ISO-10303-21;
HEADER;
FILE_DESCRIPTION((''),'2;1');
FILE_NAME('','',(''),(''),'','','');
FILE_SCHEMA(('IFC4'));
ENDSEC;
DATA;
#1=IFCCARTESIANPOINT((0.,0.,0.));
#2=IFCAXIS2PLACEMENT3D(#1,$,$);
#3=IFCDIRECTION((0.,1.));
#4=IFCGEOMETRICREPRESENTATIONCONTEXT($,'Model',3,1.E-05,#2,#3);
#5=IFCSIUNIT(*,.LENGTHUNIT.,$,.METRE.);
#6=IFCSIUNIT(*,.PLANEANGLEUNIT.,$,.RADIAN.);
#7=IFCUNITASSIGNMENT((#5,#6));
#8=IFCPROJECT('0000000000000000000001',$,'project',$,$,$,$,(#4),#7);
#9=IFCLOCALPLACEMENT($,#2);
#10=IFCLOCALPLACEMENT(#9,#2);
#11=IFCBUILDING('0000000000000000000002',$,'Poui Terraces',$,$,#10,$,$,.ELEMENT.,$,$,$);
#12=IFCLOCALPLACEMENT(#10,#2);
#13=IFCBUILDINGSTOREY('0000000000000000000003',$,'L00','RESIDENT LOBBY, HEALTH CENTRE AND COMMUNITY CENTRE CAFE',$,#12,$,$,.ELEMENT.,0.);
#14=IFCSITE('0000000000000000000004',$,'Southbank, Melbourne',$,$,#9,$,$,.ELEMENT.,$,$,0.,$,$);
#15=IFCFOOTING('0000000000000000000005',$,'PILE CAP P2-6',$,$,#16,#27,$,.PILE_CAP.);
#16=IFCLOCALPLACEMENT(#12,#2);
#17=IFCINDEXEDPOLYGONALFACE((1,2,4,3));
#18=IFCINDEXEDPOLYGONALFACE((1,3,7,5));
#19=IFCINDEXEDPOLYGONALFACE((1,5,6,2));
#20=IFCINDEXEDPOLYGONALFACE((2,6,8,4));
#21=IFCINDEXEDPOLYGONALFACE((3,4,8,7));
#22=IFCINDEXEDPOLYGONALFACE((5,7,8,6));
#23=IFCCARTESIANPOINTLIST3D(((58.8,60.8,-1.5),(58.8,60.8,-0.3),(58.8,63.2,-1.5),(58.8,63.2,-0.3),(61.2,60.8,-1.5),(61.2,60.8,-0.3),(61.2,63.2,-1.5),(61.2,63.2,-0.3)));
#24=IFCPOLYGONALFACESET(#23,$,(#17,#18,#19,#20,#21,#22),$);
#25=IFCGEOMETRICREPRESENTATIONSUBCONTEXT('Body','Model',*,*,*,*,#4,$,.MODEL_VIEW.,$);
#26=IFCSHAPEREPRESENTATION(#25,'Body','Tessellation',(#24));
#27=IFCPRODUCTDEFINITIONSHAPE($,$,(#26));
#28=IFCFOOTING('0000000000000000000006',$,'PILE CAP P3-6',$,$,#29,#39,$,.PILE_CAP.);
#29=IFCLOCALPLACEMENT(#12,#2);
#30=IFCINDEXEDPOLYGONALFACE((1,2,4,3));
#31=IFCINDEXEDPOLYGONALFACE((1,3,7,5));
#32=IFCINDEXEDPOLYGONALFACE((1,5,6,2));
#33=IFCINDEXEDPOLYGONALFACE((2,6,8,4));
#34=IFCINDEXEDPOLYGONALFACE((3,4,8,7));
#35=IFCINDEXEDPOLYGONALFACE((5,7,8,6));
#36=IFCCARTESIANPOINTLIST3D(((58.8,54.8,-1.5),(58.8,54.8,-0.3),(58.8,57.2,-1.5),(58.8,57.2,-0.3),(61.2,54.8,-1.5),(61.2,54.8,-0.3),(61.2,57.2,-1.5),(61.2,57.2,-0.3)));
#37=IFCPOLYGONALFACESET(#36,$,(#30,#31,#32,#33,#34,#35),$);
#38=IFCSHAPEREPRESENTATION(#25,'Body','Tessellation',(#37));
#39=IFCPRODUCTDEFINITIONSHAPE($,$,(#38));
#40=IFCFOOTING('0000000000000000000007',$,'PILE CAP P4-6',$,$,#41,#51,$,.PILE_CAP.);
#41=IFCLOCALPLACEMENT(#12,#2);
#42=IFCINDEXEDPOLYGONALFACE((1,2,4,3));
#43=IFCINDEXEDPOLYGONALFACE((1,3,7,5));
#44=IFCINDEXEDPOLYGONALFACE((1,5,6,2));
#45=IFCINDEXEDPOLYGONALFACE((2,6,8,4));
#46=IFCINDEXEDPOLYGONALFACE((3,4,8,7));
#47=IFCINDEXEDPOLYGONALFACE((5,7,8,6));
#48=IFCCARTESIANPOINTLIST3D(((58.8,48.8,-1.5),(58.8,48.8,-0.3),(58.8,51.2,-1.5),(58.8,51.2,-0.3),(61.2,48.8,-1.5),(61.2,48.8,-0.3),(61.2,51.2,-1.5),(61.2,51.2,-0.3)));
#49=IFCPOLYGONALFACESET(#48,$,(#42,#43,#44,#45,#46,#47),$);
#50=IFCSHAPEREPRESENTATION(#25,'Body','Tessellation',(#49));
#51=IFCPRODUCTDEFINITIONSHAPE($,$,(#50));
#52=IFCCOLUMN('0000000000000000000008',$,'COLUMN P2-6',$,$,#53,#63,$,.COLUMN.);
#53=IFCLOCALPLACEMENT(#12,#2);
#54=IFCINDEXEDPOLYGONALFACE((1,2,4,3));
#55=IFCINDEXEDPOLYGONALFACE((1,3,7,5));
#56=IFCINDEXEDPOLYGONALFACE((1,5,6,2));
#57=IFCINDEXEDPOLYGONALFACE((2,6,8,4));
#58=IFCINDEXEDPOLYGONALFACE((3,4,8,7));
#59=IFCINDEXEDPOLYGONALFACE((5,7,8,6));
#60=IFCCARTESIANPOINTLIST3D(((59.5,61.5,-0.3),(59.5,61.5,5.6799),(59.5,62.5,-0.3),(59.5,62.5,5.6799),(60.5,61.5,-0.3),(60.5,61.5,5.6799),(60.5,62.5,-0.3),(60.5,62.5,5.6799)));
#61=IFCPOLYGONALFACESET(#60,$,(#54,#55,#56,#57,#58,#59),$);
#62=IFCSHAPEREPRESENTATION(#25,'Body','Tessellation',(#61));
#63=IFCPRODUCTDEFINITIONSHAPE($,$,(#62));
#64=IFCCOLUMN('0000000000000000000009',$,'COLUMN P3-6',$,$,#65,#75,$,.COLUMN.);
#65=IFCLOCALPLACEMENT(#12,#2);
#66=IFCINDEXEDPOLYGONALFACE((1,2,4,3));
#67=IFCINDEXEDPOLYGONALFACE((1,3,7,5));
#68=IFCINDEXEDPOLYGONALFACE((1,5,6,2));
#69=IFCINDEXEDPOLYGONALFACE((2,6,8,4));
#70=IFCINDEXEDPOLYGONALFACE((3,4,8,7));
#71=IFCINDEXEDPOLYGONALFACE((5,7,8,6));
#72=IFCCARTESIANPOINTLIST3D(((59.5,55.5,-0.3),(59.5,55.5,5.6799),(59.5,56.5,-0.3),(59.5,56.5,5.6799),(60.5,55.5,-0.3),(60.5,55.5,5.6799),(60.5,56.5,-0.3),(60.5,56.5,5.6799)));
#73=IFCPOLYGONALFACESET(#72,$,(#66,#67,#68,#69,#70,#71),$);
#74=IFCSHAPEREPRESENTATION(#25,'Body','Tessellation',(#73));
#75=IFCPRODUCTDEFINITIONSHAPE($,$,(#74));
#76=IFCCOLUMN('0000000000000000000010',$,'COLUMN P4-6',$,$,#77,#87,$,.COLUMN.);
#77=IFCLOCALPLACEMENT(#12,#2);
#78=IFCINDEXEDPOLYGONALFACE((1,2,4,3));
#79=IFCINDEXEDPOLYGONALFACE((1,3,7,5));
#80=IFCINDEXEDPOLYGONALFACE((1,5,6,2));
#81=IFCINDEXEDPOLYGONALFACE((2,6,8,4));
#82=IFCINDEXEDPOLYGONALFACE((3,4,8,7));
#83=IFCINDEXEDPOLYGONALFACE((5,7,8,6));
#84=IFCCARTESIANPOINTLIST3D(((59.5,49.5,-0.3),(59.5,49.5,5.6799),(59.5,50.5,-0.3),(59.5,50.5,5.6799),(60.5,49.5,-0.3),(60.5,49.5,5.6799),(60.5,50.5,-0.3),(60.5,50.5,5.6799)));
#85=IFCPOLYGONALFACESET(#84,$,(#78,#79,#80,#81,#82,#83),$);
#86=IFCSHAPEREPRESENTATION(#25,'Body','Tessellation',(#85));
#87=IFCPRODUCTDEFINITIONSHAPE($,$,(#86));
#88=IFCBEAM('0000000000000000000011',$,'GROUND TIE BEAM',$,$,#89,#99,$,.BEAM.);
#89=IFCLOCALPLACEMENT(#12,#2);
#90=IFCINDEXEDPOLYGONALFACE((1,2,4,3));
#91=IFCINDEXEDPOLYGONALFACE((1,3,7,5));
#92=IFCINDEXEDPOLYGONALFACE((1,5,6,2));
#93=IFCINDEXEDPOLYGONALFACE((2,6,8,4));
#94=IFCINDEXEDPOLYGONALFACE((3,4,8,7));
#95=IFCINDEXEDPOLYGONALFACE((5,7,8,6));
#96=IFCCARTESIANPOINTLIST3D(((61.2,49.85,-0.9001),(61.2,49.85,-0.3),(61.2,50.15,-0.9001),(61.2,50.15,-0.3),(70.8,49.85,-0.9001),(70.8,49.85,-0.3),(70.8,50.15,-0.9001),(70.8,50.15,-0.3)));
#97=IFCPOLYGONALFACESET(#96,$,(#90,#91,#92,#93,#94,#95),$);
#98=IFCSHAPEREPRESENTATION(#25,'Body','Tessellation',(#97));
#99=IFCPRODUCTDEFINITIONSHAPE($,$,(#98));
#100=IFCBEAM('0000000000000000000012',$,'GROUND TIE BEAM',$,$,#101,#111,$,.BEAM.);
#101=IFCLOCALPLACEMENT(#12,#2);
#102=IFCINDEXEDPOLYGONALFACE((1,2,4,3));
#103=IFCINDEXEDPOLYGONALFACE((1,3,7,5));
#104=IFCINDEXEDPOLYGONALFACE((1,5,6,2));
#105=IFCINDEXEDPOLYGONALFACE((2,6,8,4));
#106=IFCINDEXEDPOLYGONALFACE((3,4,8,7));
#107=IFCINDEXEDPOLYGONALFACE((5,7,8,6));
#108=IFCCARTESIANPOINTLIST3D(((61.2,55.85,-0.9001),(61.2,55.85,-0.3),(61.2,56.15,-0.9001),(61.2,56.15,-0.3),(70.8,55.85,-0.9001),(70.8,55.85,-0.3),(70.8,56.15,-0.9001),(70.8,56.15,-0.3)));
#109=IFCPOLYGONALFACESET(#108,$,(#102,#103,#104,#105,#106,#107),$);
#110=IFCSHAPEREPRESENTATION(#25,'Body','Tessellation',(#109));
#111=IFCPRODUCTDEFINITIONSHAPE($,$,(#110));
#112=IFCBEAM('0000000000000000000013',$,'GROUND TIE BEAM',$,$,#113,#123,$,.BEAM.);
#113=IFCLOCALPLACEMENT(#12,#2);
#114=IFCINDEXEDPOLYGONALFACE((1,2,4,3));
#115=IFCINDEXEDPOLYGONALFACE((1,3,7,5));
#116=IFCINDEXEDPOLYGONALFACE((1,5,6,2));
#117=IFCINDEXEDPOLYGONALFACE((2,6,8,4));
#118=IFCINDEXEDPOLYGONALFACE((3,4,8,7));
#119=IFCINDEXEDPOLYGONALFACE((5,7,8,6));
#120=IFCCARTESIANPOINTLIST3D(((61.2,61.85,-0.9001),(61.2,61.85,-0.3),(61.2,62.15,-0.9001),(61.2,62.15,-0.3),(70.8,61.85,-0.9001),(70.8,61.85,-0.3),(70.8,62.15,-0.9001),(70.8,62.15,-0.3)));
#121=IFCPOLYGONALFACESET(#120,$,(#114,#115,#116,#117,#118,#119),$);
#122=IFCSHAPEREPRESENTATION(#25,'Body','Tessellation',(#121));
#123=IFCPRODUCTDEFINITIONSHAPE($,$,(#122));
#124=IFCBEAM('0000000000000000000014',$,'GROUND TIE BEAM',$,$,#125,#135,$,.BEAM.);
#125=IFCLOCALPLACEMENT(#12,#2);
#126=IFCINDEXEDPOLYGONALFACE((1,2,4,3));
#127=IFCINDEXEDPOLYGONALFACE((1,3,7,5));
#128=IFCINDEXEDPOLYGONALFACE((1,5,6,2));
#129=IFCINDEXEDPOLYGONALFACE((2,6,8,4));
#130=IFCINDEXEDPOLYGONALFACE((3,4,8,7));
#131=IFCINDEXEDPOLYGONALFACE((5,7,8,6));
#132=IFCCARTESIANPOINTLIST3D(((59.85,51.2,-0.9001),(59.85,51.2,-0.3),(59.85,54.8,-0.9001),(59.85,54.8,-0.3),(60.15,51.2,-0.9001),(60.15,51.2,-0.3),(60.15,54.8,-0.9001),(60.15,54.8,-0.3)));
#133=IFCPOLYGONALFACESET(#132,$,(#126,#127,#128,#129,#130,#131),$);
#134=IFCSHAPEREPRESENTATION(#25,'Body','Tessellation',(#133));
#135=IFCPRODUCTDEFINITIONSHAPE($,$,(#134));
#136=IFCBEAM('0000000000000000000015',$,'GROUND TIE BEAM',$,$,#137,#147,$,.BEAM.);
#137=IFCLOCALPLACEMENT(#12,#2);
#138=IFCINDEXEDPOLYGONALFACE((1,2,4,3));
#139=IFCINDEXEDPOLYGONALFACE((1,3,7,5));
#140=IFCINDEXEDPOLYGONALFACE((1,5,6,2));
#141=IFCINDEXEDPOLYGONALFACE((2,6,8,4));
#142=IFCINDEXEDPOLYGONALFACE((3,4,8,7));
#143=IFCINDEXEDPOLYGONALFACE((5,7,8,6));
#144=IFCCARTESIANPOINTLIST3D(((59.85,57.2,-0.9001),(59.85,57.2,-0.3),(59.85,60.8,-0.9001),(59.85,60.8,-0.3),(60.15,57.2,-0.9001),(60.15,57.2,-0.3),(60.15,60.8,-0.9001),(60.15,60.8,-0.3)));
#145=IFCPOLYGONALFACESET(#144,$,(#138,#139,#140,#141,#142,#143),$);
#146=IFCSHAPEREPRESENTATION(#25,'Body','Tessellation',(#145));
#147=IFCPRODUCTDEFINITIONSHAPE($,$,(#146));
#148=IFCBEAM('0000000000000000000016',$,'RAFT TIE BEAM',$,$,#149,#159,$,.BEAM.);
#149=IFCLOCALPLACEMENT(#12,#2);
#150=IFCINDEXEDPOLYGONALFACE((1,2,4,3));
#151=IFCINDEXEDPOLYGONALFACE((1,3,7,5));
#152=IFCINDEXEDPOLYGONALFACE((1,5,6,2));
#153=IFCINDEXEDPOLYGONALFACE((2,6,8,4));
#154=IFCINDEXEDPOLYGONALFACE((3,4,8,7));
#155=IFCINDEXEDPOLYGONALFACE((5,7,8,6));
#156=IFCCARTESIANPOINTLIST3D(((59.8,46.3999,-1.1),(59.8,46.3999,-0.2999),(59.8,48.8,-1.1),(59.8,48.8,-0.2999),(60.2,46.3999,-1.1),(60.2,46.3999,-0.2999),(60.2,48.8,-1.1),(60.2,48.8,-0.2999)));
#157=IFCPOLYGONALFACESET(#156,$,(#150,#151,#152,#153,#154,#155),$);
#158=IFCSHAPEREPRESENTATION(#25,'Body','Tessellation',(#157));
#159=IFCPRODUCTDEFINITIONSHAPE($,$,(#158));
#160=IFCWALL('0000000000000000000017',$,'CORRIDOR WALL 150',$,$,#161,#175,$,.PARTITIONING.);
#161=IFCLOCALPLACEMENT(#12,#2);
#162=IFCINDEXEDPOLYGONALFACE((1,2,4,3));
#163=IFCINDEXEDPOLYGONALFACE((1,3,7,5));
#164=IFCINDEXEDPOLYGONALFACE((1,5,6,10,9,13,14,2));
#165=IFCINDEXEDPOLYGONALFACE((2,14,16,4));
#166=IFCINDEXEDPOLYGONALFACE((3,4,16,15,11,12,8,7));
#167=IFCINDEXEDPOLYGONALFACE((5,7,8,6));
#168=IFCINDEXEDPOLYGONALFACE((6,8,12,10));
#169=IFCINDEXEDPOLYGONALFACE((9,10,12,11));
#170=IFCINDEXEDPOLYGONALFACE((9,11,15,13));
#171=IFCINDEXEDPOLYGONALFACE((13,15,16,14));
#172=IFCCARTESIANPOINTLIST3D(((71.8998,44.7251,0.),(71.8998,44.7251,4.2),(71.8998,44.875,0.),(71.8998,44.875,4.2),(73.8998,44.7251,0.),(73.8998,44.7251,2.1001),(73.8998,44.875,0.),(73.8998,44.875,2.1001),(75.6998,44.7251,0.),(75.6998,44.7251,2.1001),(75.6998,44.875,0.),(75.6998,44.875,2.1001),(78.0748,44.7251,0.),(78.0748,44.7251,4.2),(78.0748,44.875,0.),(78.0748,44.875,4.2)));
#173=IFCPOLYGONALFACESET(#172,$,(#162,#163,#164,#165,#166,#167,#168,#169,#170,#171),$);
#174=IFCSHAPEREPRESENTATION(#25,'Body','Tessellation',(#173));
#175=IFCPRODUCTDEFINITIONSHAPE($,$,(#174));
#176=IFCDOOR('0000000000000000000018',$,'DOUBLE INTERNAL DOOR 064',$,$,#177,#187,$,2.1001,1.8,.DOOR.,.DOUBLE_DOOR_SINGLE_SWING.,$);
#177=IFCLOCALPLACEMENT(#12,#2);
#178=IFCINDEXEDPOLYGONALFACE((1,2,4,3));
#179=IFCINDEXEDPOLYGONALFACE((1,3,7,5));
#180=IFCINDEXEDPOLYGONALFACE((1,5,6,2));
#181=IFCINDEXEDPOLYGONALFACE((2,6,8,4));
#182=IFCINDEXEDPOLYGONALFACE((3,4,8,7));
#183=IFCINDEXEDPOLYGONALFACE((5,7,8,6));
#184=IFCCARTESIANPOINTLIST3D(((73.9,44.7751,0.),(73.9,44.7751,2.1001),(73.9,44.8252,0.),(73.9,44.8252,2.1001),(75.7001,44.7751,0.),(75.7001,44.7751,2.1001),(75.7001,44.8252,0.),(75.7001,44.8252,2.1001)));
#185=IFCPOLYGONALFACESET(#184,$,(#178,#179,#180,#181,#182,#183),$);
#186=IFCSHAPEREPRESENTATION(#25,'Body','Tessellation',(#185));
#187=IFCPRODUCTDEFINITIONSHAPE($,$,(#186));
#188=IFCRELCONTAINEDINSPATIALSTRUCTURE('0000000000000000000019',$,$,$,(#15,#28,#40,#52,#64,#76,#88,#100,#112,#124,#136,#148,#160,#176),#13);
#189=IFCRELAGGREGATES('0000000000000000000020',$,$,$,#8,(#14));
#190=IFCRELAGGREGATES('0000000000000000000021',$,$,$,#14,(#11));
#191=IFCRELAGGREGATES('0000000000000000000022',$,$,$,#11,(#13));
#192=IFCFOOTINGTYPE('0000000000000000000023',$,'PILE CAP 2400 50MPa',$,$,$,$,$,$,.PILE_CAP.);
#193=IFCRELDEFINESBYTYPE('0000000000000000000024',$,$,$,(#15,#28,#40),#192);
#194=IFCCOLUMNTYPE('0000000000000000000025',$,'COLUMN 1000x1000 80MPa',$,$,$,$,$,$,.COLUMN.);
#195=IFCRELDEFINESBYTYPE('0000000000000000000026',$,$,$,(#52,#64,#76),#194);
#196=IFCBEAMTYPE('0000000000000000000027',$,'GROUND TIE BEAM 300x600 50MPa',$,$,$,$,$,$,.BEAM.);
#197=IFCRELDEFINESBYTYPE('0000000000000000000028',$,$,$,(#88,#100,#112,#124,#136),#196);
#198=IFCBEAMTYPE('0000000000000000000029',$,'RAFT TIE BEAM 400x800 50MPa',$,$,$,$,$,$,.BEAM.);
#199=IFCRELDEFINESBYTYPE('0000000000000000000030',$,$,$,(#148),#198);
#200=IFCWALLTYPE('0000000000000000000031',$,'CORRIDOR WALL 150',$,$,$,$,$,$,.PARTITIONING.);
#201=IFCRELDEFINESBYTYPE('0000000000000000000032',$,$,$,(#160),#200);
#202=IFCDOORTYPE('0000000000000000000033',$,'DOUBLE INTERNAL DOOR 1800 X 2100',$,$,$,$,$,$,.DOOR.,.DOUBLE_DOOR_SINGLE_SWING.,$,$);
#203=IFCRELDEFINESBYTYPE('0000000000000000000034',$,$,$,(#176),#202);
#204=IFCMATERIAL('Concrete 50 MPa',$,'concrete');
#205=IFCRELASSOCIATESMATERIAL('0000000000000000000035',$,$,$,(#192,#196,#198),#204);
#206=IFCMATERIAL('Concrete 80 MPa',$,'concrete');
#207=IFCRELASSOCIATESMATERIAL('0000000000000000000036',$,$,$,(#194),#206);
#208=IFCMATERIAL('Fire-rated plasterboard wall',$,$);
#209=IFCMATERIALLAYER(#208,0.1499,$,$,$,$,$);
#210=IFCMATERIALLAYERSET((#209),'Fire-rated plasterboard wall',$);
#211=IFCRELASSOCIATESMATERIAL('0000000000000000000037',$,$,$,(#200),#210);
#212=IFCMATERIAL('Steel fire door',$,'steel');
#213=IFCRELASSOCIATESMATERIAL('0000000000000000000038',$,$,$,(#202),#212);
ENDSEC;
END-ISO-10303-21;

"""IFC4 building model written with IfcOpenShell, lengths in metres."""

from ifc_helpers import new_model, si_unit, direction, frame, frame_2d, origin, origin_2d, place, context, subcontext, project, spatial, rectangle, extrude, source, transform, mapped, material, layer, layer_set, material_profile, profile_set, type_object, element, fill, save


model = new_model("IFC4")

# Units and contexts
model_context = context("Model", 3, precision=1e-05, world=origin(), true_north=direction((0.0, 1.0)))
body_context = subcontext(model_context, "Body", "Model", "MODEL_VIEW")
ifc_project = project(units=[si_unit("LENGTHUNIT", "METRE"), si_unit("PLANEANGLEUNIT", "RADIAN")], contexts=[model_context])

# Site, building, storey
site_placement = place(None, origin())
site = spatial("IfcSite", under=ifc_project, at=site_placement, Name="Southbank, Melbourne", CompositionType="ELEMENT", RefElevation=0.0)
building_placement = place(site_placement, origin())
building = spatial("IfcBuilding", under=site, at=building_placement, Name="Poui Terraces", CompositionType="ELEMENT")
storey_placement = place(building_placement, origin())
storey = spatial("IfcBuildingStorey", under=building, at=storey_placement, Name="L00", Description="RESIDENT LOBBY, HEALTH CENTRE AND COMMUNITY CENTRE CAFE", CompositionType="ELEMENT", Elevation=0.0)

# Shared definitions
ifc_material_1 = material(Name="Concrete 50 MPa", Category="concrete")

# Footings
footing_type = type_object("IfcFootingType", Name="PILE CAP 2400 50MPa", PredefinedType="PILE_CAP", material=ifc_material_1)
shared_shape_1 = source(origin(), body_context, "Body", "SweptSolid", [
    extrude(rectangle(XDim=2.3999, YDim=2.3999, at=origin_2d()), origin(), (0.0, 0.0, 1.0), 1.2),
])
for number, where, z_axis, x_axis, name in (
    (1, (60.0, 62.0, -1.5), (0.0, 0.0, 1.0), (1.0, 0.0, 0.0), "PILE CAP P2-6"),
    (2, (60.0, 56.0, -1.5), (0.0, 0.0, 1.0), (1.0, 0.0, 0.0), "PILE CAP P3-6"),
    (3, (60.0, 50.0, -1.5), (0.0, 0.0, 1.0), (1.0, 0.0, 0.0), "PILE CAP P4-6"),
):
    element("IfcFooting", number, at=place(storey_placement, frame(where, z_axis=z_axis, x_axis=x_axis)), inside=storey, type_object=footing_type, Name=name, PredefinedType="PILE_CAP", context=body_context, shape_type="MappedRepresentation", body=[
        mapped(shared_shape_1, transform((0.0, 0.0, 0.0))),
    ])

# Columns
ifc_material_2 = material(Name="Concrete 80 MPa", Category="concrete")
ifc_material_profile_1 = material_profile(ifc_material_2, rectangle(XDim=1.0, YDim=1.0, at=origin_2d()), Name="RC 1000x1000")
ifc_profile_set_1 = profile_set([ifc_material_profile_1], Name="Concrete 80 MPa")
column_type = type_object("IfcColumnType", Name="COLUMN 1000x1000 80MPa", PredefinedType="COLUMN", material=ifc_profile_set_1)
shared_shape_2 = source(origin(), body_context, "Body", "SweptSolid", [
    extrude(rectangle(XDim=1.0, YDim=1.0, at=origin_2d()), origin(), (0.0, 0.0, 1.0), 5.98),
])
for number, where, z_axis, x_axis, name in (
    (4, (60.0, 62.0, -0.3), (0.0, 0.0, 1.0), (1.0, 0.0, 0.0), "COLUMN P2-6"),
    (5, (60.0, 56.0, -0.3), (0.0, 0.0, 1.0), (1.0, 0.0, 0.0), "COLUMN P3-6"),
    (6, (60.0, 50.0, -0.3), (0.0, 0.0, 1.0), (1.0, 0.0, 0.0), "COLUMN P4-6"),
):
    element("IfcColumn", number, at=place(storey_placement, frame(where, z_axis=z_axis, x_axis=x_axis)), inside=storey, type_object=column_type, Name=name, PredefinedType="COLUMN", context=body_context, shape_type="MappedRepresentation", body=[
        mapped(shared_shape_2, transform((0.0, 0.0, 0.0))),
    ])

# Beams
ifc_material_profile_2 = material_profile(ifc_material_1, rectangle(XDim=0.3, YDim=0.6001, at=origin_2d()), Name="RC 300x600")
ifc_profile_set_2 = profile_set([ifc_material_profile_2], Name="Concrete 50 MPa")
beam_type_1 = type_object("IfcBeamType", Name="GROUND TIE BEAM 300x600 50MPa", PredefinedType="BEAM", material=ifc_profile_set_2)
shared_shape_3 = source(origin(), body_context, "Body", "SweptSolid", [
    extrude(rectangle(XDim=0.3, YDim=0.6001, at=origin_2d()), origin(), (0.0, 0.0, 1.0), 9.6001),
])
for number, where, z_axis, x_axis, name in (
    (7, (61.2, 50.0, -0.6001), (1.0, 0.0, 0.0), (0.0, 1.0, 0.0), "GROUND TIE BEAM"),
    (8, (61.2, 56.0, -0.6001), (1.0, 0.0, 0.0), (0.0, 1.0, 0.0), "GROUND TIE BEAM"),
    (9, (61.2, 62.0, -0.6001), (1.0, 0.0, 0.0), (0.0, 1.0, 0.0), "GROUND TIE BEAM"),
):
    element("IfcBeam", number, at=place(storey_placement, frame(where, z_axis=z_axis, x_axis=x_axis)), inside=storey, type_object=beam_type_1, Name=name, PredefinedType="BEAM", context=body_context, shape_type="MappedRepresentation", body=[
        mapped(shared_shape_3, transform((0.0, 0.0, 0.0))),
    ])
shared_shape_4 = source(origin(), body_context, "Body", "SweptSolid", [
    extrude(rectangle(XDim=0.3, YDim=0.6001, at=origin_2d()), origin(), (0.0, 0.0, 1.0), 3.6001),
])
for number, where, z_axis, x_axis, name in (
    (10, (60.0, 51.2, -0.6001), (0.0, 1.0, 0.0), (-1.0, 0.0, 0.0), "GROUND TIE BEAM"),
    (11, (60.0, 57.2, -0.6001), (0.0, 1.0, 0.0), (-1.0, 0.0, 0.0), "GROUND TIE BEAM"),
):
    element("IfcBeam", number, at=place(storey_placement, frame(where, z_axis=z_axis, x_axis=x_axis)), inside=storey, type_object=beam_type_1, Name=name, PredefinedType="BEAM", context=body_context, shape_type="MappedRepresentation", body=[
        mapped(shared_shape_4, transform((0.0, 0.0, 0.0))),
    ])
ifc_material_profile_3 = material_profile(ifc_material_1, rectangle(XDim=0.3999, YDim=0.8, at=origin_2d()), Name="RC 400x800")
ifc_profile_set_3 = profile_set([ifc_material_profile_3], Name="Concrete 50 MPa")
beam_type_2 = type_object("IfcBeamType", Name="RAFT TIE BEAM 400x800 50MPa", PredefinedType="BEAM", material=ifc_profile_set_3)
shared_shape_5 = source(origin(), body_context, "Body", "SweptSolid", [
    extrude(rectangle(XDim=0.3999, YDim=0.8, at=origin_2d()), origin(), (0.0, 0.0, 1.0), 2.4001),
])
beam_placement = place(storey_placement, frame((60.0, 46.3999, -0.7), z_axis=(0.0, 1.0, 0.0), x_axis=(-1.0, 0.0, 0.0)))
element("IfcBeam", 12, at=beam_placement, inside=storey, type_object=beam_type_2, Name="RAFT TIE BEAM", PredefinedType="BEAM", context=body_context, shape_type="MappedRepresentation", body=[
    mapped(shared_shape_5, transform((0.0, 0.0, 0.0))),
])

# Wall, opening, door
ifc_material_3 = material(Name="Fire-rated plasterboard wall")
ifc_layer_1 = layer(ifc_material_3, 0.1499)
ifc_layer_set_1 = layer_set([ifc_layer_1], Name="Fire-rated plasterboard wall")
wall_type_1 = type_object("IfcWallType", Name="CORRIDOR WALL 150", PredefinedType="PARTITIONING", material=ifc_layer_set_1)
wall_1_placement = place(storey_placement, frame((71.8999, 44.8, 0.0), z_axis=(0.0, 0.0, 1.0), x_axis=(1.0, 0.0, 0.0)))
wall_1 = element("IfcWall", 13, at=wall_1_placement, inside=storey, type_object=wall_type_1, Name="CORRIDOR WALL 150", PredefinedType="PARTITIONING", context=body_context, shape_type="SweptSolid", body=[
    extrude(rectangle(XDim=6.175, YDim=0.1499, at=frame_2d((3.0874, 0.0))), origin(), (0.0, 0.0, 1.0), 4.2),
])
opening_1_placement = place(wall_1_placement, frame((2.0, 0.0, 0.0)))
opening_1 = element("IfcOpeningElement", 14, at=opening_1_placement, cuts=wall_1, PredefinedType="OPENING", context=body_context, shape_type="SweptSolid", body=[
    extrude(rectangle(XDim=1.8, YDim=2.1001, at=frame_2d((0.8999, 1.05))), frame((0.0, 0.085, 0.0), z_axis=(0.0, -1.0, 0.0), x_axis=(1.0, 0.0, 0.0)), (0.0, 0.0, 1.0), 0.1699),
])
ifc_material_4 = material(Name="Steel fire door", Category="steel")
door_type_1 = type_object("IfcDoorType", Name="DOUBLE INTERNAL DOOR 1800 X 2100", OperationType="DOUBLE_DOOR_SINGLE_SWING", PredefinedType="DOOR", material=ifc_material_4)
door_1_placement = place(opening_1_placement, frame((1.8, 0.0, 0.0), z_axis=(0.0, 0.0, 1.0), x_axis=(-1.0, 0.0, 0.0)))
door_1 = element("IfcDoor", 15, at=door_1_placement, inside=storey, type_object=door_type_1, Name="DOUBLE INTERNAL DOOR 064", OperationType="DOUBLE_DOOR_SINGLE_SWING", OverallHeight=2.1001, OverallWidth=1.8, PredefinedType="DOOR", context=body_context, shape_type="SweptSolid", body=[
    extrude(rectangle(XDim=1.8, YDim=2.1001, at=frame_2d((0.8999, 1.05))), frame((0.0, 0.0249, 0.0), z_axis=(0.0, -1.0, 0.0), x_axis=(1.0, 0.0, 0.0)), (0.0, 0.0, 1.0), 0.05),
])
fill(opening_1, door_1)

save(model, "model.ifc")
